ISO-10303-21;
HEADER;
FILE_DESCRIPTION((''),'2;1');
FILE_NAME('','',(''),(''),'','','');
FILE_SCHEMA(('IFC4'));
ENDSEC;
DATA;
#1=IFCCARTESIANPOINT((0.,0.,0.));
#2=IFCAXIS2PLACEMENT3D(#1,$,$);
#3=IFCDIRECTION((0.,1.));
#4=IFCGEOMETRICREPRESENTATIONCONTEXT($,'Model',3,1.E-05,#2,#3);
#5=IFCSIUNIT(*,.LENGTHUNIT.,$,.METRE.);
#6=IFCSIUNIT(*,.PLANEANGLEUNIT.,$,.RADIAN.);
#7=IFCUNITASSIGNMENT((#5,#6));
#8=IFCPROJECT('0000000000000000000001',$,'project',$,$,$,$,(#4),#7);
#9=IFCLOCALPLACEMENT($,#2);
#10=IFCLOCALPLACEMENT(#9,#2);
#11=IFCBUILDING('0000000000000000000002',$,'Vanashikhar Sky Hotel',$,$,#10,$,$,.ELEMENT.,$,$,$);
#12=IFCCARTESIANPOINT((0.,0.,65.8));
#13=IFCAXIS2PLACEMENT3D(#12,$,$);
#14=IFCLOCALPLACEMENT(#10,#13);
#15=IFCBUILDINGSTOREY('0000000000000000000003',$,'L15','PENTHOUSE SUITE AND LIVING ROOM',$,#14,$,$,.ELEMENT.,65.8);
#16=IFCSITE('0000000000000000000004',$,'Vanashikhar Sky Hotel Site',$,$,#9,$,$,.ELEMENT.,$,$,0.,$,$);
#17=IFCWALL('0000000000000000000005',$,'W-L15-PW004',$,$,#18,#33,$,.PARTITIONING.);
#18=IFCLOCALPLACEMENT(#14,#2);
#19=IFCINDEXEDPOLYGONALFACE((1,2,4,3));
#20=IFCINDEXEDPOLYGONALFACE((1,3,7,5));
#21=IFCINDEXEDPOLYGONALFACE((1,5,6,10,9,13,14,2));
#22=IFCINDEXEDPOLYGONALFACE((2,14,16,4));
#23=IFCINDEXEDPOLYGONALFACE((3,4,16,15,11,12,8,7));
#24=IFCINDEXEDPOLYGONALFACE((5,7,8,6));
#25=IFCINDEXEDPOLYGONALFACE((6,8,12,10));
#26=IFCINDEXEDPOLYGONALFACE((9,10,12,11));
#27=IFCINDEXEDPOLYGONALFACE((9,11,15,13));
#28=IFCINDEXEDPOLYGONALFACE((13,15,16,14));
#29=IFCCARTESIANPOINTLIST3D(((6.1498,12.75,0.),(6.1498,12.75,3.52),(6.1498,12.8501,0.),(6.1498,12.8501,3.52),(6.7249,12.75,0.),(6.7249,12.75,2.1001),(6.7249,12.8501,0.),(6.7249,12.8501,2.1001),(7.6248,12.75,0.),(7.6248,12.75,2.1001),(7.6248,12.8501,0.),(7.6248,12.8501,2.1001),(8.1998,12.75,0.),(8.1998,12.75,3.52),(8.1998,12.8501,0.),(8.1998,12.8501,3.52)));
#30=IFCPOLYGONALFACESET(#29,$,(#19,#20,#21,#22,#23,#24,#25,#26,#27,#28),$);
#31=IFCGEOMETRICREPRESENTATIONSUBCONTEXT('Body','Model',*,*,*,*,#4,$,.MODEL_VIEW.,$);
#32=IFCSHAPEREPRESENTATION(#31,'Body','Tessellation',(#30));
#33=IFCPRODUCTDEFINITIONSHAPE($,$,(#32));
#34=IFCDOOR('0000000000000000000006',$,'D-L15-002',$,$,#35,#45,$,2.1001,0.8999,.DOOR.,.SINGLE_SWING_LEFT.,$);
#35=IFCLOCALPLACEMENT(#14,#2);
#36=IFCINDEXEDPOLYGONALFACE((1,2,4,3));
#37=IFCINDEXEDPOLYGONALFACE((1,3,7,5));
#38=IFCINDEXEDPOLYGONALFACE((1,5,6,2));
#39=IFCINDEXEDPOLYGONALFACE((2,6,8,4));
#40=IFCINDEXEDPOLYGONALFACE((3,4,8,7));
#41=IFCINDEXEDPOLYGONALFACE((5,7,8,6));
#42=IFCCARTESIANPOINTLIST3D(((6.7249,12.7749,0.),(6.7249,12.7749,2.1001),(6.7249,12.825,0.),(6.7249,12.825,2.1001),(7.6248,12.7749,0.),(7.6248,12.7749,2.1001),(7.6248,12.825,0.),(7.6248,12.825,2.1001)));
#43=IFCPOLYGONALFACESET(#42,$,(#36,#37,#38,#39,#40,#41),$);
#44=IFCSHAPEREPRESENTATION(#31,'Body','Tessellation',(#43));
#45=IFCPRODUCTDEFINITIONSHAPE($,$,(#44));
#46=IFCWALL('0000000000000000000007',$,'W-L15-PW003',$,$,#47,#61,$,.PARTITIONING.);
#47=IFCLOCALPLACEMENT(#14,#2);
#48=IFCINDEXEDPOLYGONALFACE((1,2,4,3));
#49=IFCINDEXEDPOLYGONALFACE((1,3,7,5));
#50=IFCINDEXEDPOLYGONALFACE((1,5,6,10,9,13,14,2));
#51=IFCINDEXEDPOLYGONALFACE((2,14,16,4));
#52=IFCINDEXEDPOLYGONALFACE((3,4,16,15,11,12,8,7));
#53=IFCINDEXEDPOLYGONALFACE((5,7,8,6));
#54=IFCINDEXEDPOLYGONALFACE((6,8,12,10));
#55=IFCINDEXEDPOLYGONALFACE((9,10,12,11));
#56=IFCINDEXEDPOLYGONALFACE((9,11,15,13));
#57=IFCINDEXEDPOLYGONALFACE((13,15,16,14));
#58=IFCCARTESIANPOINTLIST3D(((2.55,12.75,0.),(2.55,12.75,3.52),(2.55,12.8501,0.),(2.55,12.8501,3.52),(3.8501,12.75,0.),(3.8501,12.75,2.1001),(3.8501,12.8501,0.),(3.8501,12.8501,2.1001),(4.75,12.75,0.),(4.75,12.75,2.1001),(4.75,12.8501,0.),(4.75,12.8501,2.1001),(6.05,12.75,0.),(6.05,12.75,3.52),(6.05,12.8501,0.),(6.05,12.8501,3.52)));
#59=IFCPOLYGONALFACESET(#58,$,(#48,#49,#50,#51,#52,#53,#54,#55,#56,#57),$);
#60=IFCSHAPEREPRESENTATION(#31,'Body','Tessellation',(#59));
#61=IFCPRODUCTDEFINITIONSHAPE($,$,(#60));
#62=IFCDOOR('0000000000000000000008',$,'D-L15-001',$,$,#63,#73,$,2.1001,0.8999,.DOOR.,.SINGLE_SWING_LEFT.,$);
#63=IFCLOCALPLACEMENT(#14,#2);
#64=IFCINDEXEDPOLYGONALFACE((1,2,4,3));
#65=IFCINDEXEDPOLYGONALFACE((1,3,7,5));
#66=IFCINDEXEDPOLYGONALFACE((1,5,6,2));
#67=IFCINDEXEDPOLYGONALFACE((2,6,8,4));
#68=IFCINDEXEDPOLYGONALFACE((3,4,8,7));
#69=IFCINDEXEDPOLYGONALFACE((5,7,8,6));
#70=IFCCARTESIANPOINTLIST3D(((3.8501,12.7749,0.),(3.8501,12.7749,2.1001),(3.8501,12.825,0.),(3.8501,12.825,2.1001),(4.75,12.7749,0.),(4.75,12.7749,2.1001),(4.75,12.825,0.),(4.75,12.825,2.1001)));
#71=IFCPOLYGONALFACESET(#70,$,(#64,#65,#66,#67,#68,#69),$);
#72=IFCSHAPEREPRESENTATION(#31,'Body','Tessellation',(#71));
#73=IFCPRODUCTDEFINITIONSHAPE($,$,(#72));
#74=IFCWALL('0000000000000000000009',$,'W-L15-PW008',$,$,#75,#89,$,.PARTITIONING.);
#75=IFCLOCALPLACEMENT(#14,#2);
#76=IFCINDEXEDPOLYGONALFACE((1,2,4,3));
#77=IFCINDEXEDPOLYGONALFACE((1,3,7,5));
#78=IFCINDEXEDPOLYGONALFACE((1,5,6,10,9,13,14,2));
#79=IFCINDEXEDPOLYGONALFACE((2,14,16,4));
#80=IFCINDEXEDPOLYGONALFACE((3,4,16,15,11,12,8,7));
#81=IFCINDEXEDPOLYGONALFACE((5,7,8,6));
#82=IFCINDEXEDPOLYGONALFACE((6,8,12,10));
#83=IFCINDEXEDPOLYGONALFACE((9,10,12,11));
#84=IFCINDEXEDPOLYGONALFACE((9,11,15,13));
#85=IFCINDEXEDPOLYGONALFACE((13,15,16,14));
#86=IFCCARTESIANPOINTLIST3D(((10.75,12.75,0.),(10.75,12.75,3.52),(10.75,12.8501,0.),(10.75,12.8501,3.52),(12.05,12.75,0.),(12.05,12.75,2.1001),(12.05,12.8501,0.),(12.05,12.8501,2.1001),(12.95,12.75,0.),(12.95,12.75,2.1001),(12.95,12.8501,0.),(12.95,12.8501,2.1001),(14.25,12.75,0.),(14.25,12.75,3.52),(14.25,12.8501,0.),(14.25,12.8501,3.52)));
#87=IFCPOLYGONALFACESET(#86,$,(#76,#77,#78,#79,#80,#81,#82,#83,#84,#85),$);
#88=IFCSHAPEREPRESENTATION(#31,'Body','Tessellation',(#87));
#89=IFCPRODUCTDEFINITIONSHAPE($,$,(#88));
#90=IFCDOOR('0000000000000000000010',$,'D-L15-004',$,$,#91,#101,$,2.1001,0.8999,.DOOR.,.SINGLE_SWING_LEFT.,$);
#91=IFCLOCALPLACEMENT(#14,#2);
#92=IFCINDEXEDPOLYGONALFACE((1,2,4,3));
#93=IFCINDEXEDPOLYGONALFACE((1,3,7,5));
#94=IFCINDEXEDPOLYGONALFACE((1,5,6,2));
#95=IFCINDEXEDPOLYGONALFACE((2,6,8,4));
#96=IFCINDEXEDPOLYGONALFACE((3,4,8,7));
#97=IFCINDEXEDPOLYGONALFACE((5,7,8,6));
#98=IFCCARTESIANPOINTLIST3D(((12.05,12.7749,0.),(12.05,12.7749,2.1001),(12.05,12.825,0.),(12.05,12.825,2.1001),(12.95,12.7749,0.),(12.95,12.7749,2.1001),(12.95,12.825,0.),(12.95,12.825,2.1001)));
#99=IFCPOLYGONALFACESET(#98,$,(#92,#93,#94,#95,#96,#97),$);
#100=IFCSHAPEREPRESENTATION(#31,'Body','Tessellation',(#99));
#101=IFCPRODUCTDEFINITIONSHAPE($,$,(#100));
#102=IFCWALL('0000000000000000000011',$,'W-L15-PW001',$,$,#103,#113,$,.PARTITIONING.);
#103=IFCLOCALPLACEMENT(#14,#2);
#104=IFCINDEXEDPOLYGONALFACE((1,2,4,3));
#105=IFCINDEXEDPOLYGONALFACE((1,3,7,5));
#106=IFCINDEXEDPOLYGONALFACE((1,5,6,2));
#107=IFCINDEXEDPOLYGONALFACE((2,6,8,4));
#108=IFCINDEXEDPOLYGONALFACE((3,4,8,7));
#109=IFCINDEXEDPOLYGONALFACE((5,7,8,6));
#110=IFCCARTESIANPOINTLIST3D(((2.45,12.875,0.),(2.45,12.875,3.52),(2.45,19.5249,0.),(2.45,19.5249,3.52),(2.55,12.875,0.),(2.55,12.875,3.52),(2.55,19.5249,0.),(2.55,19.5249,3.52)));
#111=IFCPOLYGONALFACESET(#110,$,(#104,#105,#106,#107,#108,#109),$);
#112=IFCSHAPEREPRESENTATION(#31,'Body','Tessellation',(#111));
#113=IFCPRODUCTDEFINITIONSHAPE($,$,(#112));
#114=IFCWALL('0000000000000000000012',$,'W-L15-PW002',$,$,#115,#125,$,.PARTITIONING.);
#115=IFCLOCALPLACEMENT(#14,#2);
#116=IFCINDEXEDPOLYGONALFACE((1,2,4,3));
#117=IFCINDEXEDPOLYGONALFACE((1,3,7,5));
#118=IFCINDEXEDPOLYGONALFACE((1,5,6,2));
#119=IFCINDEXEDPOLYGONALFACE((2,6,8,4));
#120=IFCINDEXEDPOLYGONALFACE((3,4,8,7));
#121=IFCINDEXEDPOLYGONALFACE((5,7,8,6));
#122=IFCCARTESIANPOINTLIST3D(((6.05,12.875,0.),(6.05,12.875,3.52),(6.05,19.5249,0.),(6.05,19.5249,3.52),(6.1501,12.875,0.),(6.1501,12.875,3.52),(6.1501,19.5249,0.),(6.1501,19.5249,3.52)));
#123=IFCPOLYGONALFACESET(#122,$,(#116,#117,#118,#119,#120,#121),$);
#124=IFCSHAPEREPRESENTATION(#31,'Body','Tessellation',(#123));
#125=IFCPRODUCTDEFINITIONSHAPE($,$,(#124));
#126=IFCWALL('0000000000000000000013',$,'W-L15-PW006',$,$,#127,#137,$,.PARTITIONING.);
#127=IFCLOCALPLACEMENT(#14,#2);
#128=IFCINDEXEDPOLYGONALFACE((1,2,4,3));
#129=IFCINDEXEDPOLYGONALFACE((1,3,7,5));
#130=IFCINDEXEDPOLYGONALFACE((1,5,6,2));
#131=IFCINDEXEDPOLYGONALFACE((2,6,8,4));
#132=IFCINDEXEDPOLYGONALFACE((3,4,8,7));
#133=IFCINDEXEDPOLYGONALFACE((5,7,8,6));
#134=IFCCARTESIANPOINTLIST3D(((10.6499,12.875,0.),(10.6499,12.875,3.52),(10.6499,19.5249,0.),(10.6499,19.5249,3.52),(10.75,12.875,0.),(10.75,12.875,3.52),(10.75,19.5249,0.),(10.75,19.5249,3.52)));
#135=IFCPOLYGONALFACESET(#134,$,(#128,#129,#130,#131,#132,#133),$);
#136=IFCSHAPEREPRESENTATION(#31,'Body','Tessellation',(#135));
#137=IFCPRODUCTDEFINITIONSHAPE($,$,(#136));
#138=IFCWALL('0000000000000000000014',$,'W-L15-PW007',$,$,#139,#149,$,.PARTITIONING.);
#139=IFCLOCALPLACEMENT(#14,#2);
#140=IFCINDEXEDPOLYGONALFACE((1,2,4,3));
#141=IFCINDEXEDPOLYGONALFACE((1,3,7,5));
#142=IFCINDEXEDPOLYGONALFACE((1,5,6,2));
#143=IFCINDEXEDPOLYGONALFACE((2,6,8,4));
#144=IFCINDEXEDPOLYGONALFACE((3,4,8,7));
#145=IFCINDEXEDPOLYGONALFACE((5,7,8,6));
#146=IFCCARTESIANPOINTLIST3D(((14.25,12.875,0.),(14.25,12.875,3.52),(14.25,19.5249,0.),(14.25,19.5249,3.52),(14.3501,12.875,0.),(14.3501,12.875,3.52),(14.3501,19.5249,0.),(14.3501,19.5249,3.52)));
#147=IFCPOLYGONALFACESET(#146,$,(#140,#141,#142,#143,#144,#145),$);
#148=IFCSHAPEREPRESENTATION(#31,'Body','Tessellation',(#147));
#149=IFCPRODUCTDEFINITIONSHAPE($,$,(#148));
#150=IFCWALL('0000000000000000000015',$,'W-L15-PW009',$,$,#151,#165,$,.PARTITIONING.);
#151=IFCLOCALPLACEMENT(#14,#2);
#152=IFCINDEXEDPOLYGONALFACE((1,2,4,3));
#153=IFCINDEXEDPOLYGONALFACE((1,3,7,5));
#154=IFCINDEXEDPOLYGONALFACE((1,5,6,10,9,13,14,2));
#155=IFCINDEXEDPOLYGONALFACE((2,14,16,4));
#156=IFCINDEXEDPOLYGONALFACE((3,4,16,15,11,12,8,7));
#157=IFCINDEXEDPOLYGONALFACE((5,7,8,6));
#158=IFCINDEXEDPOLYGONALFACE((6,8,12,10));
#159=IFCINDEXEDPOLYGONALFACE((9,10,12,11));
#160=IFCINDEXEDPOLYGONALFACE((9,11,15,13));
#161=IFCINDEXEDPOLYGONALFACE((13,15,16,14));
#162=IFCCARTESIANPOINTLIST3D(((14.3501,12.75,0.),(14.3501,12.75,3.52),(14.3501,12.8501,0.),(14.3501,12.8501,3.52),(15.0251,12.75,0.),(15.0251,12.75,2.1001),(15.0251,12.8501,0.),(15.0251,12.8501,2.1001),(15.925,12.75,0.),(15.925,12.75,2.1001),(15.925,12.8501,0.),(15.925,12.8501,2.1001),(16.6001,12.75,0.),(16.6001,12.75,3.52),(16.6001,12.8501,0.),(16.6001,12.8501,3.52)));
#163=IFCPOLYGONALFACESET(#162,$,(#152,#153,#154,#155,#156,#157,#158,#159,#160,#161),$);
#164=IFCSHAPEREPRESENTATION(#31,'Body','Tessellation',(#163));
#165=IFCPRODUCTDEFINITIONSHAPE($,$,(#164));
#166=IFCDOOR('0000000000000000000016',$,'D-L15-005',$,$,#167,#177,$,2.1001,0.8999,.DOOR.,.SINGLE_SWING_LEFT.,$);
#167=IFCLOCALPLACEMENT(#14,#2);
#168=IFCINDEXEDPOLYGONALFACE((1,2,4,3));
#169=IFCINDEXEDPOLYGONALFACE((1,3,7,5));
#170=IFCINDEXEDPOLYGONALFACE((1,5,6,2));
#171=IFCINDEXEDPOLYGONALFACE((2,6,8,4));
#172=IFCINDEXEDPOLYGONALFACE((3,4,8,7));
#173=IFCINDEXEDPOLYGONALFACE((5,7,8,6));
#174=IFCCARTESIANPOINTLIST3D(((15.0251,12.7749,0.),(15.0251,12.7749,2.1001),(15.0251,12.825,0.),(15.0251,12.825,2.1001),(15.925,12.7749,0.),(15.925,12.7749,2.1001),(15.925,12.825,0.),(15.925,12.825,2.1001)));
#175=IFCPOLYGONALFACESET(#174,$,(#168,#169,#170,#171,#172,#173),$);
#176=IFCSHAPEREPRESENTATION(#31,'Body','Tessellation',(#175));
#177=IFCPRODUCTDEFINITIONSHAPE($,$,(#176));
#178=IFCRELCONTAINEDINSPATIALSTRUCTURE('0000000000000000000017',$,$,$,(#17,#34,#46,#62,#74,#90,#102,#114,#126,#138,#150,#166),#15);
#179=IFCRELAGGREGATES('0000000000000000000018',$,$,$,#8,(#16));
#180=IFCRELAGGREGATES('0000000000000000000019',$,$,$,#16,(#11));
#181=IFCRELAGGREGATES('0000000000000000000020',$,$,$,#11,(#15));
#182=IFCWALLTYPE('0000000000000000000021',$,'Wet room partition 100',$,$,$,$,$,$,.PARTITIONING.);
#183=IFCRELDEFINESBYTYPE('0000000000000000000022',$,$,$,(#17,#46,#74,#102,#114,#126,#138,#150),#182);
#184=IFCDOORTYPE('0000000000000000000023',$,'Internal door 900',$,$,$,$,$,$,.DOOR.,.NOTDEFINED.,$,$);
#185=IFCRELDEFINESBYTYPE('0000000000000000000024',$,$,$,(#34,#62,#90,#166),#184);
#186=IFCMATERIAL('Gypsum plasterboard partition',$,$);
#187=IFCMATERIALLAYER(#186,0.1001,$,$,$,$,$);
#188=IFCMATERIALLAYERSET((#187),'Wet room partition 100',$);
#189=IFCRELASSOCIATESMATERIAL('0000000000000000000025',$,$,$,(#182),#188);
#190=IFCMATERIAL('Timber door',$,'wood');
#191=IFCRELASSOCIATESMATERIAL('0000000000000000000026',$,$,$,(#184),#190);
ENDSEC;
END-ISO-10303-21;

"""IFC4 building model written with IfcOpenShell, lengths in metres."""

from ifc_helpers import new_model, si_unit, direction, frame, frame_2d, origin, place, context, subcontext, project, spatial, rectangle, extrude, source, transform, mapped, material, layer, layer_set, type_object, element, fill, save


model = new_model("IFC4")

# Units and contexts
model_context = context("Model", 3, precision=1e-05, world=origin(), true_north=direction((0.0, 1.0)))
body_context = subcontext(model_context, "Body", "Model", "MODEL_VIEW")
ifc_project = project(units=[si_unit("LENGTHUNIT", "METRE"), si_unit("PLANEANGLEUNIT", "RADIAN")], contexts=[model_context])

# Site, building, storey
site_placement = place(None, origin())
site = spatial("IfcSite", under=ifc_project, at=site_placement, Name="Vanashikhar Sky Hotel Site", CompositionType="ELEMENT", RefElevation=0.0)
building_placement = place(site_placement, origin())
building = spatial("IfcBuilding", under=site, at=building_placement, Name="Vanashikhar Sky Hotel", CompositionType="ELEMENT")
storey_placement = place(building_placement, frame((0.0, 0.0, 65.8)))
storey = spatial("IfcBuildingStorey", under=building, at=storey_placement, Name="L15", Description="PENTHOUSE SUITE AND LIVING ROOM", CompositionType="ELEMENT", Elevation=65.8)

# Walls, openings, doors
ifc_material_1 = material(Name="Gypsum plasterboard partition")
ifc_layer_1 = layer(ifc_material_1, 0.1001)
ifc_layer_set_1 = layer_set([ifc_layer_1], Name="Wet room partition 100")
wall_type_1 = type_object("IfcWallType", Name="Wet room partition 100", PredefinedType="PARTITIONING", material=ifc_layer_set_1)
shared_shape_1 = source(origin(), body_context, "Body", "SweptSolid", [
    extrude(rectangle(XDim=2.05, YDim=0.1001, at=frame_2d((1.0249, 0.0))), origin(), (0.0, 0.0, 1.0), 3.52),
])
wall_1_placement = place(storey_placement, frame((6.1499, 12.8, 0.0), z_axis=(0.0, 0.0, 1.0), x_axis=(1.0, 0.0, 0.0)))
wall_1 = element("IfcWall", 1, at=wall_1_placement, inside=storey, type_object=wall_type_1, Name="W-L15-PW004", PredefinedType="PARTITIONING", context=body_context, shape_type="MappedRepresentation", body=[
    mapped(shared_shape_1, transform((0.0, 0.0, 0.0), scale=1.0)),
])
shared_shape_2 = source(origin(), body_context, "Body", "SweptSolid", [
    extrude(rectangle(XDim=0.8999, YDim=2.1001, at=frame_2d((0.45, 1.05))), frame((0.0, 0.0601, 0.0), z_axis=(0.0, -1.0, 0.0), x_axis=(1.0, 0.0, 0.0)), (0.0, 0.0, 1.0), 0.1201),
])
opening_1_placement = place(wall_1_placement, frame((0.575, 0.0, 0.0)))
opening_1 = element("IfcOpeningElement", 2, at=opening_1_placement, cuts=wall_1, PredefinedType="OPENING", context=body_context, shape_type="MappedRepresentation", body=[
    mapped(shared_shape_2, transform((0.0, 0.0, 0.0), scale=1.0)),
])
ifc_material_2 = material(Name="Timber door", Category="wood")
door_type_1 = type_object("IfcDoorType", Name="Internal door 900", OperationType="NOTDEFINED", PredefinedType="DOOR", material=ifc_material_2)
shared_shape_3 = source(origin(), body_context, "Body", "SweptSolid", [
    extrude(rectangle(XDim=0.8999, YDim=2.1001, at=frame_2d((0.45, 1.05))), frame((0.0, 0.0249, 0.0), z_axis=(0.0, -1.0, 0.0), x_axis=(1.0, 0.0, 0.0)), (0.0, 0.0, 1.0), 0.05),
])
door_1_placement = place(opening_1_placement, origin())
door_1 = element("IfcDoor", 3, at=door_1_placement, inside=storey, type_object=door_type_1, Name="D-L15-002", OperationType="SINGLE_SWING_LEFT", OverallHeight=2.1001, OverallWidth=0.8999, PredefinedType="DOOR", context=body_context, shape_type="MappedRepresentation", body=[
    mapped(shared_shape_3, transform((0.0, 0.0, 0.0), scale=1.0)),
])
fill(opening_1, door_1)
shared_shape_4 = source(origin(), body_context, "Body", "SweptSolid", [
    extrude(rectangle(XDim=3.5, YDim=0.1001, at=frame_2d((1.75, 0.0))), origin(), (0.0, 0.0, 1.0), 3.52),
])
wall_2_placement = place(storey_placement, frame((2.55, 12.8, 0.0), z_axis=(0.0, 0.0, 1.0), x_axis=(1.0, 0.0, 0.0)))
wall_2 = element("IfcWall", 4, at=wall_2_placement, inside=storey, type_object=wall_type_1, Name="W-L15-PW003", PredefinedType="PARTITIONING", context=body_context, shape_type="MappedRepresentation", body=[
    mapped(shared_shape_4, transform((0.0, 0.0, 0.0), scale=1.0)),
])
opening_2_placement = place(wall_2_placement, frame((1.3, 0.0, 0.0)))
opening_2 = element("IfcOpeningElement", 5, at=opening_2_placement, cuts=wall_2, PredefinedType="OPENING", context=body_context, shape_type="MappedRepresentation", body=[
    mapped(shared_shape_2, transform((0.0, 0.0, 0.0), scale=1.0)),
])
door_2_placement = place(opening_2_placement, origin())
door_2 = element("IfcDoor", 6, at=door_2_placement, inside=storey, type_object=door_type_1, Name="D-L15-001", OperationType="SINGLE_SWING_LEFT", OverallHeight=2.1001, OverallWidth=0.8999, PredefinedType="DOOR", context=body_context, shape_type="MappedRepresentation", body=[
    mapped(shared_shape_3, transform((0.0, 0.0, 0.0), scale=1.0)),
])
fill(opening_2, door_2)
wall_3_placement = place(storey_placement, frame((10.75, 12.8, 0.0), z_axis=(0.0, 0.0, 1.0), x_axis=(1.0, 0.0, 0.0)))
wall_3 = element("IfcWall", 7, at=wall_3_placement, inside=storey, type_object=wall_type_1, Name="W-L15-PW008", PredefinedType="PARTITIONING", context=body_context, shape_type="MappedRepresentation", body=[
    mapped(shared_shape_4, transform((0.0, 0.0, 0.0), scale=1.0)),
])
opening_3_placement = place(wall_3_placement, frame((1.3, 0.0, 0.0)))
opening_3 = element("IfcOpeningElement", 8, at=opening_3_placement, cuts=wall_3, PredefinedType="OPENING", context=body_context, shape_type="MappedRepresentation", body=[
    mapped(shared_shape_2, transform((0.0, 0.0, 0.0), scale=1.0)),
])
door_3_placement = place(opening_3_placement, origin())
door_3 = element("IfcDoor", 9, at=door_3_placement, inside=storey, type_object=door_type_1, Name="D-L15-004", OperationType="SINGLE_SWING_LEFT", OverallHeight=2.1001, OverallWidth=0.8999, PredefinedType="DOOR", context=body_context, shape_type="MappedRepresentation", body=[
    mapped(shared_shape_3, transform((0.0, 0.0, 0.0), scale=1.0)),
])
fill(opening_3, door_3)

# Walls
shared_shape_5 = source(origin(), body_context, "Body", "SweptSolid", [
    extrude(rectangle(XDim=6.6499, YDim=0.1001, at=frame_2d((3.325, 0.0))), origin(), (0.0, 0.0, 1.0), 3.52),
])
for number, where, z_axis, x_axis, name in (
    (10, (2.5, 12.875, 0.0), (0.0, 0.0, 1.0), (0.0, 1.0, 0.0), "W-L15-PW001"),
    (11, (6.1001, 12.875, 0.0), (0.0, 0.0, 1.0), (0.0, 1.0, 0.0), "W-L15-PW002"),
    (12, (10.7, 12.875, 0.0), (0.0, 0.0, 1.0), (0.0, 1.0, 0.0), "W-L15-PW006"),
    (13, (14.3, 12.875, 0.0), (0.0, 0.0, 1.0), (0.0, 1.0, 0.0), "W-L15-PW007"),
):
    element("IfcWall", number, at=place(storey_placement, frame(where, z_axis=z_axis, x_axis=x_axis)), inside=storey, type_object=wall_type_1, Name=name, PredefinedType="PARTITIONING", context=body_context, shape_type="MappedRepresentation", body=[
        mapped(shared_shape_5, transform((0.0, 0.0, 0.0), scale=1.0)),
    ])

# Wall, opening, door
shared_shape_6 = source(origin(), body_context, "Body", "SweptSolid", [
    extrude(rectangle(XDim=2.25, YDim=0.1001, at=frame_2d((1.125, 0.0))), origin(), (0.0, 0.0, 1.0), 3.52),
])
wall_4_placement = place(storey_placement, frame((14.3501, 12.8, 0.0), z_axis=(0.0, 0.0, 1.0), x_axis=(1.0, 0.0, 0.0)))
wall_4 = element("IfcWall", 14, at=wall_4_placement, inside=storey, type_object=wall_type_1, Name="W-L15-PW009", PredefinedType="PARTITIONING", context=body_context, shape_type="MappedRepresentation", body=[
    mapped(shared_shape_6, transform((0.0, 0.0, 0.0), scale=1.0)),
])
opening_4_placement = place(wall_4_placement, frame((0.675, 0.0, 0.0)))
opening_4 = element("IfcOpeningElement", 15, at=opening_4_placement, cuts=wall_4, PredefinedType="OPENING", context=body_context, shape_type="MappedRepresentation", body=[
    mapped(shared_shape_2, transform((0.0, 0.0, 0.0), scale=1.0)),
])
door_4_placement = place(opening_4_placement, origin())
door_4 = element("IfcDoor", 16, at=door_4_placement, inside=storey, type_object=door_type_1, Name="D-L15-005", OperationType="SINGLE_SWING_LEFT", OverallHeight=2.1001, OverallWidth=0.8999, PredefinedType="DOOR", context=body_context, shape_type="MappedRepresentation", body=[
    mapped(shared_shape_3, transform((0.0, 0.0, 0.0), scale=1.0)),
])
fill(opening_4, door_4)

save(model, "model.ifc")
